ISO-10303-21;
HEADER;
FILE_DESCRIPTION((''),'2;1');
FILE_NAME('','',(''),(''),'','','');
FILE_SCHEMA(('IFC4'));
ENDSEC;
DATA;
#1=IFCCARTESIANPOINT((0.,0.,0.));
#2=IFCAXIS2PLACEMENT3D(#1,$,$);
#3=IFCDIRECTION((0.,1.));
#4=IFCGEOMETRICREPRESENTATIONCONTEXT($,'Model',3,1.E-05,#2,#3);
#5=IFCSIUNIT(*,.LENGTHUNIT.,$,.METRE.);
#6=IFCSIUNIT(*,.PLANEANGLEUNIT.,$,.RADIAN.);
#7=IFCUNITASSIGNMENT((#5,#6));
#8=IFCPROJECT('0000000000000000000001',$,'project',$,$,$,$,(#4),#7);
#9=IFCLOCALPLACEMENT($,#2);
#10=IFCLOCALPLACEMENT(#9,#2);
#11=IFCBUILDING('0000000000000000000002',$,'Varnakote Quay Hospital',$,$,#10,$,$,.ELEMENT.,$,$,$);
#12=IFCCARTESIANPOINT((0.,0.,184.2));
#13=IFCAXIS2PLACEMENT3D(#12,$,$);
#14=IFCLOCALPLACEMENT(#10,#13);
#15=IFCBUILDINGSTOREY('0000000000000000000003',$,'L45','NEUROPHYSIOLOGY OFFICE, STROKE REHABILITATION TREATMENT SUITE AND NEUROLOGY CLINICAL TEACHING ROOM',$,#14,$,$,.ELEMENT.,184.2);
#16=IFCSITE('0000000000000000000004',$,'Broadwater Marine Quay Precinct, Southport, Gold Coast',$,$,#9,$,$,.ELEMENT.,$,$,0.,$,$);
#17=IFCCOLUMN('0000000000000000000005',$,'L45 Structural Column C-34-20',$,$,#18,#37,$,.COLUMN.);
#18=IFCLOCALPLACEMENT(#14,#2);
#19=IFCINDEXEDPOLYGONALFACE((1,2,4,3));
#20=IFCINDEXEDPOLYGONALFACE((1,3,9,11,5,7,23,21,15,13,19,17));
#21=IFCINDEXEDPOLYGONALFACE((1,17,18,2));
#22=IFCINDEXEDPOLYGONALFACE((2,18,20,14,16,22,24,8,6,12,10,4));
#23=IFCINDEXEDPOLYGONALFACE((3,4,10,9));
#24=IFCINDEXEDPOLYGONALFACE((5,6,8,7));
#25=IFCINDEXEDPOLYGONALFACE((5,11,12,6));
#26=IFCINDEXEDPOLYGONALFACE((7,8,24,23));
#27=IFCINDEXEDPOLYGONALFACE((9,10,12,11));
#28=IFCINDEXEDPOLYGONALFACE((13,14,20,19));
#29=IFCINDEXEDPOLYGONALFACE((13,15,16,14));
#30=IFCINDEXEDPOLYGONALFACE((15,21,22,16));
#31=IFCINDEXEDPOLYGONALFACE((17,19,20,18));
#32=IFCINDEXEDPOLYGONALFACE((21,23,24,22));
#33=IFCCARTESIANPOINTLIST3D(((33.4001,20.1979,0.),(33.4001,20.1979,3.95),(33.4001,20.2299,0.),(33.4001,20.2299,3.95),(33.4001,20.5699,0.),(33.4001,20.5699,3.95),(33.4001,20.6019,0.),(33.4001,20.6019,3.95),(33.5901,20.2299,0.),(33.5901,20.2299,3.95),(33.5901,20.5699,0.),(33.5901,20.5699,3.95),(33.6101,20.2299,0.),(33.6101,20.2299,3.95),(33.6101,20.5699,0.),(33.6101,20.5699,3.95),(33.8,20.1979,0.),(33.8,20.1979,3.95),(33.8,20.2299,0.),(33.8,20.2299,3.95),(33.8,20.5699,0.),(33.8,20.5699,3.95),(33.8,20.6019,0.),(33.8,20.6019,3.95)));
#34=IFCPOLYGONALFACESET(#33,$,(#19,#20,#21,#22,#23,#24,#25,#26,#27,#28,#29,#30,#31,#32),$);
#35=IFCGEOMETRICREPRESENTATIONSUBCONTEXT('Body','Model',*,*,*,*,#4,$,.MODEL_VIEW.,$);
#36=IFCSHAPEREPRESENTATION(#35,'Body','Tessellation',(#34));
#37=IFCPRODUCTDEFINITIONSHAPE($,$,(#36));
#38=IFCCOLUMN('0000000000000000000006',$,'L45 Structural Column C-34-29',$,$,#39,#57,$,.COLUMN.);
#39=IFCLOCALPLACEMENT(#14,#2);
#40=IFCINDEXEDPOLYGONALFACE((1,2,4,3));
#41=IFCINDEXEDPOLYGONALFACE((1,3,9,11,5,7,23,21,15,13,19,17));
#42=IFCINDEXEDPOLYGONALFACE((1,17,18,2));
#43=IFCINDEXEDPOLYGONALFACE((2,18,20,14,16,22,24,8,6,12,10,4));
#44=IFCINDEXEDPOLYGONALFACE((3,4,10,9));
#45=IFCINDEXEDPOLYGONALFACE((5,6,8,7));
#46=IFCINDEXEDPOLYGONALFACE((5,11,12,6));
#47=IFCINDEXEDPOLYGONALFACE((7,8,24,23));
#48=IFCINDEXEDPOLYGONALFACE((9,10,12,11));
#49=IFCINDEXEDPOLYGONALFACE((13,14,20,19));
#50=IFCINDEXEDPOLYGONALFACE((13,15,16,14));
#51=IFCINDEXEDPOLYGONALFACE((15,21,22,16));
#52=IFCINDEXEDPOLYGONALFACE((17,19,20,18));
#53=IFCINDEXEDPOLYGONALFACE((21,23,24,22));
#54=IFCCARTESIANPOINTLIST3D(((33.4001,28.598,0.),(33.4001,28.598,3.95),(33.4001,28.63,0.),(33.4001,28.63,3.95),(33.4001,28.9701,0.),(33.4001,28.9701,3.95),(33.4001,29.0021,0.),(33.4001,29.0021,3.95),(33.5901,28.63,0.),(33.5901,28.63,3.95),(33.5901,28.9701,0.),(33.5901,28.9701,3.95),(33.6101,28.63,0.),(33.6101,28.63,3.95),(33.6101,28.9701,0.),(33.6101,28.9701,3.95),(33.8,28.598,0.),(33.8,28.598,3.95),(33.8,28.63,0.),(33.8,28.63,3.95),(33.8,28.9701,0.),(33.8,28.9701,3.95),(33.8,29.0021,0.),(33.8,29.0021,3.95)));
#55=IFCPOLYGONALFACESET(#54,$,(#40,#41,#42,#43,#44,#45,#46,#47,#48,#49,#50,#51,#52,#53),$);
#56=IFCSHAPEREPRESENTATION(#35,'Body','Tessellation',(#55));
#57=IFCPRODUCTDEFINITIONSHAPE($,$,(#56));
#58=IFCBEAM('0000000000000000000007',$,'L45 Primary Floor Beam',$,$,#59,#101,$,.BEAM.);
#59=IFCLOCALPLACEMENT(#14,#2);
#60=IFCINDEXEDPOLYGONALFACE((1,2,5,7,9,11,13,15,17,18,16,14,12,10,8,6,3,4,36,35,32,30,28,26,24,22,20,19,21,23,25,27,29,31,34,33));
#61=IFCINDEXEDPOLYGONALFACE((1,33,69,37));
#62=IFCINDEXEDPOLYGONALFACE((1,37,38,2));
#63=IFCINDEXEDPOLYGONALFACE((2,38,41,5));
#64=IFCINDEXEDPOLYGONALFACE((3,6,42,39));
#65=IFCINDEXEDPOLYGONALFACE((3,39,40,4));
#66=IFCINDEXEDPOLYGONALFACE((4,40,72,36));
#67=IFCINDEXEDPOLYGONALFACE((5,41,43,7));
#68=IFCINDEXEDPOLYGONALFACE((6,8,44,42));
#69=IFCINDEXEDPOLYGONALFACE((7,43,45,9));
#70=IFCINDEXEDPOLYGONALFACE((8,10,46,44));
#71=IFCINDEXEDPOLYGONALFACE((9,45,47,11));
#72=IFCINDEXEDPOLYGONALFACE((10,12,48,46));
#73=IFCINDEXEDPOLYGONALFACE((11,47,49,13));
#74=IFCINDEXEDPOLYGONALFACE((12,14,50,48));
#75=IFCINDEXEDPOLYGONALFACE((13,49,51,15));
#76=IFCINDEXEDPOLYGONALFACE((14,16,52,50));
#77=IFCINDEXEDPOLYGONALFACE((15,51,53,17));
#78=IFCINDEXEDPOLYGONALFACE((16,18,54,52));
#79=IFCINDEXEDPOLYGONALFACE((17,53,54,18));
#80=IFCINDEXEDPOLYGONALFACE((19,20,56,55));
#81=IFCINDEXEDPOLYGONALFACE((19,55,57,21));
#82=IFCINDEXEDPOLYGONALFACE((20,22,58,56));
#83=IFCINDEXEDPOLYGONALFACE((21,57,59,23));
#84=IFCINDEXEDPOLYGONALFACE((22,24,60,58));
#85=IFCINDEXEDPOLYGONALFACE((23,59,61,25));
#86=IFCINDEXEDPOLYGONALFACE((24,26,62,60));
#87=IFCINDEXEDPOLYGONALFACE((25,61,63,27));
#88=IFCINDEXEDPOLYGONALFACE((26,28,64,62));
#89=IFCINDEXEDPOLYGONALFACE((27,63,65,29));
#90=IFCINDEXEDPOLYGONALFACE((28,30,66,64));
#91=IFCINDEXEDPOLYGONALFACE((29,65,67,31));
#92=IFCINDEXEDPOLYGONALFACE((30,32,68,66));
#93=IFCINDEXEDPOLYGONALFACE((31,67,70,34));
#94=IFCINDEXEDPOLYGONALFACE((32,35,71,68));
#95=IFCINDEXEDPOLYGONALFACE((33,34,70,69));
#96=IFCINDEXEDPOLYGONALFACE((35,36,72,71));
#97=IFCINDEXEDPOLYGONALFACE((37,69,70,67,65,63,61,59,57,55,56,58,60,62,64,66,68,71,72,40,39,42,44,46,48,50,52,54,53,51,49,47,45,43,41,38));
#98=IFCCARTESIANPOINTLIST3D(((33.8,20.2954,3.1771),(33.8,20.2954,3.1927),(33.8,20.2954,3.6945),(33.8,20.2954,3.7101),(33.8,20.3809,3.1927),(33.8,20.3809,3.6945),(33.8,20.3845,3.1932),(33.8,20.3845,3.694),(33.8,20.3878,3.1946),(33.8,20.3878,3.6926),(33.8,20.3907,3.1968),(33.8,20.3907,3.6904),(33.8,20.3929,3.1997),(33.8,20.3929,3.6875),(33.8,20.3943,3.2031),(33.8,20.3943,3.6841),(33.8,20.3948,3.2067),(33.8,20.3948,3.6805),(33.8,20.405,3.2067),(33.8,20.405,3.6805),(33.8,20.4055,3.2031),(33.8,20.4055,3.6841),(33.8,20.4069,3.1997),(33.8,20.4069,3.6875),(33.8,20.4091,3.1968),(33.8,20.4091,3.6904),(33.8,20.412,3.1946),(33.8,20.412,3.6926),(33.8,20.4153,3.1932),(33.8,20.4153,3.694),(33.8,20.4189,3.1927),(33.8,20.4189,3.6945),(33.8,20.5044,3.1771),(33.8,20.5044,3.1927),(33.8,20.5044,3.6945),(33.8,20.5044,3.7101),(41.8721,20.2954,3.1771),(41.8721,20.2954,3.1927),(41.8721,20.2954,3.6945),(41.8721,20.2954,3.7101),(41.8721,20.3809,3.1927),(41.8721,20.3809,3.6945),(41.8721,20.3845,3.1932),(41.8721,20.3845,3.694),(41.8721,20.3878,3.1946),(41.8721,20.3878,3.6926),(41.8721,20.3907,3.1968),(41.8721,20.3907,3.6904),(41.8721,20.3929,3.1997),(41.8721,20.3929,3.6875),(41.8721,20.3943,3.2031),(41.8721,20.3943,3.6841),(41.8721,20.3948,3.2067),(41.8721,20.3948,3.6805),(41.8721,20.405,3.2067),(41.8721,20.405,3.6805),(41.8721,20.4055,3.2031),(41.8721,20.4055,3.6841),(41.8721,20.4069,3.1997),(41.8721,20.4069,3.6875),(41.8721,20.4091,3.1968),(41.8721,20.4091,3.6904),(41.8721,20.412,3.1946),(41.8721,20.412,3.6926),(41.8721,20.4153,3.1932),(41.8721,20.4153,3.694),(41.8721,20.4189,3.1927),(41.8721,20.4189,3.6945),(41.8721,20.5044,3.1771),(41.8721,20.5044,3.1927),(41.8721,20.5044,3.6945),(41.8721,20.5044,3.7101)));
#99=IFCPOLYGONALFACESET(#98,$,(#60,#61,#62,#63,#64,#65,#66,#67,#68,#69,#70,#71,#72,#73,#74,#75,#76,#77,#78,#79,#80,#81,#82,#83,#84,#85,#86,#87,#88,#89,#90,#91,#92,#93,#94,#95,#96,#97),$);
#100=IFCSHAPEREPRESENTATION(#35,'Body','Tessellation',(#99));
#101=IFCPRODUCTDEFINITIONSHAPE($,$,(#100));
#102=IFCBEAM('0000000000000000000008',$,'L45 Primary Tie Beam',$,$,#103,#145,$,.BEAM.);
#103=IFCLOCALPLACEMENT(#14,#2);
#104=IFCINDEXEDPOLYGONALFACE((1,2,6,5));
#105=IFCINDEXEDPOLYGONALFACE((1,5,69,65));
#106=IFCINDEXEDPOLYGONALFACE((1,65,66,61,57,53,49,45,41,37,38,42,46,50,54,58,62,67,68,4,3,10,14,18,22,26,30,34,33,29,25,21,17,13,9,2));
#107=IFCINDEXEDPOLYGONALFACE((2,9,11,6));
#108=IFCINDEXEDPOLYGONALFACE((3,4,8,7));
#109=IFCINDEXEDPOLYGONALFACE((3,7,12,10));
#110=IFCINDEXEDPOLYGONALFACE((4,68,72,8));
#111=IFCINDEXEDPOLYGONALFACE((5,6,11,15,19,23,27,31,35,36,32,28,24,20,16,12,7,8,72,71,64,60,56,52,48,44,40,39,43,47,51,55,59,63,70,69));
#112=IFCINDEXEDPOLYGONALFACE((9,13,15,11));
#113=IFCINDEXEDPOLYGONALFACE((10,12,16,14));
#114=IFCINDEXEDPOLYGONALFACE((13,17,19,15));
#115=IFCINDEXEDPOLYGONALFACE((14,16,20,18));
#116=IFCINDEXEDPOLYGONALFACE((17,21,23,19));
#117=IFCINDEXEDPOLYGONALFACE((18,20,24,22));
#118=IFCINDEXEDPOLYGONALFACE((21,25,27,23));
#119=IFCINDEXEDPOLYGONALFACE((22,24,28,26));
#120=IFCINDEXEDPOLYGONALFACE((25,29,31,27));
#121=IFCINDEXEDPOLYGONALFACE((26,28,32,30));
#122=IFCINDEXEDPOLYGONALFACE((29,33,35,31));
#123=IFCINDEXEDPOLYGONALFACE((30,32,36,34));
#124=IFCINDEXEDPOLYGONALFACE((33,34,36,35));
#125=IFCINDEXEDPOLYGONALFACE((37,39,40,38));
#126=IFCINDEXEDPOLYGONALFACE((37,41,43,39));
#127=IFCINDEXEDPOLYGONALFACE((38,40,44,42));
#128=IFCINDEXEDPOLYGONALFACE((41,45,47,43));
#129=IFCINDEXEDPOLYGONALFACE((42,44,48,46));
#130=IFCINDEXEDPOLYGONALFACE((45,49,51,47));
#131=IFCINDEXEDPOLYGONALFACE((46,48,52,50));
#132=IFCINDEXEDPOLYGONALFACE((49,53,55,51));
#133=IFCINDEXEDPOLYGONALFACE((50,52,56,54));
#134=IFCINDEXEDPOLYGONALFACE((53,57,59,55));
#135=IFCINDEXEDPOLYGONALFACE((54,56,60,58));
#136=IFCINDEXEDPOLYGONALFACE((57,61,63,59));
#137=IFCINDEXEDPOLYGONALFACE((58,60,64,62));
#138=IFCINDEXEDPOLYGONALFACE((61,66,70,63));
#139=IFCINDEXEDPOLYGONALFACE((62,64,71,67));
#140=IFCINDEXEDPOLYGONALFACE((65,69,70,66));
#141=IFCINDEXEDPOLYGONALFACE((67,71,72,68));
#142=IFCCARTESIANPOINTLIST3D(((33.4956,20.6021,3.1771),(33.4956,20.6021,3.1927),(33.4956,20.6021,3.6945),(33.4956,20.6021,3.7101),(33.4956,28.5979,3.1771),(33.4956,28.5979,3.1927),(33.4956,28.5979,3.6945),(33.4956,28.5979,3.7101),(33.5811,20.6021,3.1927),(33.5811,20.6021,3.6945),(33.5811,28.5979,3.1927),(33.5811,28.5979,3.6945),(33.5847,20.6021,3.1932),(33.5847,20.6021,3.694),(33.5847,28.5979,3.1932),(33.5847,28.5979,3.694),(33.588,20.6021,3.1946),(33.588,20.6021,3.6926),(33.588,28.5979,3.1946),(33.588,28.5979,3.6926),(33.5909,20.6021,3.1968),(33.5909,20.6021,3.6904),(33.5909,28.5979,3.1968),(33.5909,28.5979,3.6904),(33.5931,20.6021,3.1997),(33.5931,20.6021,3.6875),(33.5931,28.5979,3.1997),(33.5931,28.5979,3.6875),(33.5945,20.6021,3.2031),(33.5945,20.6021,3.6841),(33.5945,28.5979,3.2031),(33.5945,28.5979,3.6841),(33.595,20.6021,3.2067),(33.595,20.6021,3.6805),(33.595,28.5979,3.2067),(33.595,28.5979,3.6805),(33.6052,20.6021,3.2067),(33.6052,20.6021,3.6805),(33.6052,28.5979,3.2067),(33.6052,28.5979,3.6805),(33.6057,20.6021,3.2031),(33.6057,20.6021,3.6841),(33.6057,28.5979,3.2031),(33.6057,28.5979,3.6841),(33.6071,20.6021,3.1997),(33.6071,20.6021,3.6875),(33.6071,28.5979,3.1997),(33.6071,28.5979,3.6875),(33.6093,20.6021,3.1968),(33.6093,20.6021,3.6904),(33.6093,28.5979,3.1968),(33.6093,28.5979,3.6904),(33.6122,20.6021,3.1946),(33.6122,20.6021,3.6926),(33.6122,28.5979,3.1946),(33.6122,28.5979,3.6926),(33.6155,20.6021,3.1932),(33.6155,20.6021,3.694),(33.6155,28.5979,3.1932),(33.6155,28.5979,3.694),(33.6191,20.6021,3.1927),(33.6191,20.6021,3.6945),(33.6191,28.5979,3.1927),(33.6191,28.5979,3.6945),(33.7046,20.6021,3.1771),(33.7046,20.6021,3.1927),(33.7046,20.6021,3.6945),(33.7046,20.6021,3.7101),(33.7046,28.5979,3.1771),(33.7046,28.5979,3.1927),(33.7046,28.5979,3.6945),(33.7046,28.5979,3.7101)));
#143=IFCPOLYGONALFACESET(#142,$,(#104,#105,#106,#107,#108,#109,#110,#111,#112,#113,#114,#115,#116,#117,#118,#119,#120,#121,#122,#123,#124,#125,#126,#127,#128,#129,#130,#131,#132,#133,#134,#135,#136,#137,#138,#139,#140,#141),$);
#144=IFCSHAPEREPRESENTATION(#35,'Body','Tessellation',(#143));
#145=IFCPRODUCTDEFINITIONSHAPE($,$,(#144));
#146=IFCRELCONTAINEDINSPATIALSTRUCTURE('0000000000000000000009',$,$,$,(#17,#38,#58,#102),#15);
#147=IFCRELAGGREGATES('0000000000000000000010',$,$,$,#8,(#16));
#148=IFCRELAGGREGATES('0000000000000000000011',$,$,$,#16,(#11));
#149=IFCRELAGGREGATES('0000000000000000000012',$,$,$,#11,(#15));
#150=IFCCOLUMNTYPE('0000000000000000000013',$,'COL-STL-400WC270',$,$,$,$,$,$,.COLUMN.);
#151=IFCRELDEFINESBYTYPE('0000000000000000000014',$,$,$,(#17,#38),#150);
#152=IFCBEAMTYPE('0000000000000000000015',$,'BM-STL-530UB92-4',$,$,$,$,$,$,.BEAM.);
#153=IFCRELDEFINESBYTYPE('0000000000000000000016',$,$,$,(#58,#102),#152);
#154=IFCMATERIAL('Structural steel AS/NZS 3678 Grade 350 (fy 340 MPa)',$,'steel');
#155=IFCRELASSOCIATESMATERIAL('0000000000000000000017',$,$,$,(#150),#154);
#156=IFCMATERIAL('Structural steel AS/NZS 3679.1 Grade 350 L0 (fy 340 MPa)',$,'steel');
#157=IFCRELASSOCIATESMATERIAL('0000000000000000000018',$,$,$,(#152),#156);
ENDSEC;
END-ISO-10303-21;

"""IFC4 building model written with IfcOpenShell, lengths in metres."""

from ifc_helpers import new_model, si_unit, direction, frame, origin, origin_2d, place, context, subcontext, project, spatial, i_section, extrude, material, material_profile, profile_set, type_object, element, save


model = new_model("IFC4")

# Units and contexts
model_context = context("Model", 3, precision=1e-05, world=origin(), true_north=direction((0.0, 1.0)))
body_context = subcontext(model_context, "Body", "Model", "MODEL_VIEW")
ifc_project = project(units=[si_unit("LENGTHUNIT", "METRE"), si_unit("PLANEANGLEUNIT", "RADIAN")], contexts=[model_context])

# Site, building, storey
site_placement = place(None, origin())
site = spatial("IfcSite", under=ifc_project, at=site_placement, Name="Broadwater Marine Quay Precinct, Southport, Gold Coast", CompositionType="ELEMENT", RefElevation=0.0)
building_placement = place(site_placement, origin())
building = spatial("IfcBuilding", under=site, at=building_placement, Name="Varnakote Quay Hospital", CompositionType="ELEMENT")
storey_placement = place(building_placement, frame((0.0, 0.0, 184.2)))
storey = spatial("IfcBuildingStorey", under=building, at=storey_placement, Name="L45", Description="NEUROPHYSIOLOGY OFFICE, STROKE REHABILITATION TREATMENT SUITE AND NEUROLOGY CLINICAL TEACHING ROOM", CompositionType="ELEMENT", Elevation=184.2)

# Columns
ifc_material_1 = material(Name="Structural steel AS/NZS 3678 Grade 350 (fy 340 MPa)", Category="steel")
ifc_material_profile_1 = material_profile(ifc_material_1, i_section(OverallWidth=0.3999, OverallDepth=0.4041, WebThickness=0.02, FlangeThickness=0.032, at=origin_2d()), Name="400WC270")
ifc_profile_set_1 = profile_set([ifc_material_profile_1], Name="Structural steel AS/NZS 3678 Grade 350 (fy 340 MPa)")
column_type = type_object("IfcColumnType", Name="COL-STL-400WC270", PredefinedType="COLUMN", material=ifc_profile_set_1)
for number, where, z_axis, x_axis, name in (
    (1, (33.6001, 20.3999, 0.0), (0.0, 0.0, 1.0), (1.0, 0.0, 0.0), "L45 Structural Column C-34-20"),
    (2, (33.6001, 28.8, 0.0), (0.0, 0.0, 1.0), (1.0, 0.0, 0.0), "L45 Structural Column C-34-29"),
):
    element("IfcColumn", number, at=place(storey_placement, frame(where, z_axis=z_axis, x_axis=x_axis)), inside=storey, type_object=column_type, Name=name, PredefinedType="COLUMN", context=body_context, shape_type="SweptSolid", body=[
        extrude(i_section(OverallWidth=0.3999, OverallDepth=0.4041, WebThickness=0.02, FlangeThickness=0.032, at=origin_2d()), origin(), (0.0, 0.0, 1.0), 3.95),
    ])

# Beams
ifc_material_2 = material(Name="Structural steel AS/NZS 3679.1 Grade 350 L0 (fy 340 MPa)", Category="steel")
ifc_material_profile_2 = material_profile(ifc_material_2, i_section(OverallWidth=0.209, OverallDepth=0.533, WebThickness=0.0103, FlangeThickness=0.0156, FilletRadius=0.0139, at=origin_2d()), Name="530UB92.4")
ifc_profile_set_2 = profile_set([ifc_material_profile_2], Name="Structural steel AS/NZS 3679.1 Grade 350 L0 (fy 340 MPa)")
beam_type_1 = type_object("IfcBeamType", Name="BM-STL-530UB92-4", PredefinedType="BEAM", material=ifc_profile_set_2)
beam_1_placement = place(storey_placement, frame((33.8, 20.3999, 3.4436), z_axis=(1.0, 0.0, 0.0), x_axis=(0.0, 1.0, 0.0)))
element("IfcBeam", 3, at=beam_1_placement, inside=storey, type_object=beam_type_1, Name="L45 Primary Floor Beam", PredefinedType="BEAM", context=body_context, shape_type="SweptSolid", body=[
    extrude(i_section(OverallWidth=0.209, OverallDepth=0.533, WebThickness=0.0103, FlangeThickness=0.0156, FilletRadius=0.0139, at=origin_2d()), origin(), (0.0, 0.0, 1.0), 8.072),
])
beam_2_placement = place(storey_placement, frame((33.6001, 20.6021, 3.4436), z_axis=(0.0, 1.0, 0.0), x_axis=(-1.0, 0.0, 0.0)))
element("IfcBeam", 4, at=beam_2_placement, inside=storey, type_object=beam_type_1, Name="L45 Primary Tie Beam", PredefinedType="BEAM", context=body_context, shape_type="SweptSolid", body=[
    extrude(i_section(OverallWidth=0.209, OverallDepth=0.533, WebThickness=0.0103, FlangeThickness=0.0156, FilletRadius=0.0139, at=origin_2d()), origin(), (0.0, 0.0, 1.0), 7.9958),
])

save(model, "model.ifc")
